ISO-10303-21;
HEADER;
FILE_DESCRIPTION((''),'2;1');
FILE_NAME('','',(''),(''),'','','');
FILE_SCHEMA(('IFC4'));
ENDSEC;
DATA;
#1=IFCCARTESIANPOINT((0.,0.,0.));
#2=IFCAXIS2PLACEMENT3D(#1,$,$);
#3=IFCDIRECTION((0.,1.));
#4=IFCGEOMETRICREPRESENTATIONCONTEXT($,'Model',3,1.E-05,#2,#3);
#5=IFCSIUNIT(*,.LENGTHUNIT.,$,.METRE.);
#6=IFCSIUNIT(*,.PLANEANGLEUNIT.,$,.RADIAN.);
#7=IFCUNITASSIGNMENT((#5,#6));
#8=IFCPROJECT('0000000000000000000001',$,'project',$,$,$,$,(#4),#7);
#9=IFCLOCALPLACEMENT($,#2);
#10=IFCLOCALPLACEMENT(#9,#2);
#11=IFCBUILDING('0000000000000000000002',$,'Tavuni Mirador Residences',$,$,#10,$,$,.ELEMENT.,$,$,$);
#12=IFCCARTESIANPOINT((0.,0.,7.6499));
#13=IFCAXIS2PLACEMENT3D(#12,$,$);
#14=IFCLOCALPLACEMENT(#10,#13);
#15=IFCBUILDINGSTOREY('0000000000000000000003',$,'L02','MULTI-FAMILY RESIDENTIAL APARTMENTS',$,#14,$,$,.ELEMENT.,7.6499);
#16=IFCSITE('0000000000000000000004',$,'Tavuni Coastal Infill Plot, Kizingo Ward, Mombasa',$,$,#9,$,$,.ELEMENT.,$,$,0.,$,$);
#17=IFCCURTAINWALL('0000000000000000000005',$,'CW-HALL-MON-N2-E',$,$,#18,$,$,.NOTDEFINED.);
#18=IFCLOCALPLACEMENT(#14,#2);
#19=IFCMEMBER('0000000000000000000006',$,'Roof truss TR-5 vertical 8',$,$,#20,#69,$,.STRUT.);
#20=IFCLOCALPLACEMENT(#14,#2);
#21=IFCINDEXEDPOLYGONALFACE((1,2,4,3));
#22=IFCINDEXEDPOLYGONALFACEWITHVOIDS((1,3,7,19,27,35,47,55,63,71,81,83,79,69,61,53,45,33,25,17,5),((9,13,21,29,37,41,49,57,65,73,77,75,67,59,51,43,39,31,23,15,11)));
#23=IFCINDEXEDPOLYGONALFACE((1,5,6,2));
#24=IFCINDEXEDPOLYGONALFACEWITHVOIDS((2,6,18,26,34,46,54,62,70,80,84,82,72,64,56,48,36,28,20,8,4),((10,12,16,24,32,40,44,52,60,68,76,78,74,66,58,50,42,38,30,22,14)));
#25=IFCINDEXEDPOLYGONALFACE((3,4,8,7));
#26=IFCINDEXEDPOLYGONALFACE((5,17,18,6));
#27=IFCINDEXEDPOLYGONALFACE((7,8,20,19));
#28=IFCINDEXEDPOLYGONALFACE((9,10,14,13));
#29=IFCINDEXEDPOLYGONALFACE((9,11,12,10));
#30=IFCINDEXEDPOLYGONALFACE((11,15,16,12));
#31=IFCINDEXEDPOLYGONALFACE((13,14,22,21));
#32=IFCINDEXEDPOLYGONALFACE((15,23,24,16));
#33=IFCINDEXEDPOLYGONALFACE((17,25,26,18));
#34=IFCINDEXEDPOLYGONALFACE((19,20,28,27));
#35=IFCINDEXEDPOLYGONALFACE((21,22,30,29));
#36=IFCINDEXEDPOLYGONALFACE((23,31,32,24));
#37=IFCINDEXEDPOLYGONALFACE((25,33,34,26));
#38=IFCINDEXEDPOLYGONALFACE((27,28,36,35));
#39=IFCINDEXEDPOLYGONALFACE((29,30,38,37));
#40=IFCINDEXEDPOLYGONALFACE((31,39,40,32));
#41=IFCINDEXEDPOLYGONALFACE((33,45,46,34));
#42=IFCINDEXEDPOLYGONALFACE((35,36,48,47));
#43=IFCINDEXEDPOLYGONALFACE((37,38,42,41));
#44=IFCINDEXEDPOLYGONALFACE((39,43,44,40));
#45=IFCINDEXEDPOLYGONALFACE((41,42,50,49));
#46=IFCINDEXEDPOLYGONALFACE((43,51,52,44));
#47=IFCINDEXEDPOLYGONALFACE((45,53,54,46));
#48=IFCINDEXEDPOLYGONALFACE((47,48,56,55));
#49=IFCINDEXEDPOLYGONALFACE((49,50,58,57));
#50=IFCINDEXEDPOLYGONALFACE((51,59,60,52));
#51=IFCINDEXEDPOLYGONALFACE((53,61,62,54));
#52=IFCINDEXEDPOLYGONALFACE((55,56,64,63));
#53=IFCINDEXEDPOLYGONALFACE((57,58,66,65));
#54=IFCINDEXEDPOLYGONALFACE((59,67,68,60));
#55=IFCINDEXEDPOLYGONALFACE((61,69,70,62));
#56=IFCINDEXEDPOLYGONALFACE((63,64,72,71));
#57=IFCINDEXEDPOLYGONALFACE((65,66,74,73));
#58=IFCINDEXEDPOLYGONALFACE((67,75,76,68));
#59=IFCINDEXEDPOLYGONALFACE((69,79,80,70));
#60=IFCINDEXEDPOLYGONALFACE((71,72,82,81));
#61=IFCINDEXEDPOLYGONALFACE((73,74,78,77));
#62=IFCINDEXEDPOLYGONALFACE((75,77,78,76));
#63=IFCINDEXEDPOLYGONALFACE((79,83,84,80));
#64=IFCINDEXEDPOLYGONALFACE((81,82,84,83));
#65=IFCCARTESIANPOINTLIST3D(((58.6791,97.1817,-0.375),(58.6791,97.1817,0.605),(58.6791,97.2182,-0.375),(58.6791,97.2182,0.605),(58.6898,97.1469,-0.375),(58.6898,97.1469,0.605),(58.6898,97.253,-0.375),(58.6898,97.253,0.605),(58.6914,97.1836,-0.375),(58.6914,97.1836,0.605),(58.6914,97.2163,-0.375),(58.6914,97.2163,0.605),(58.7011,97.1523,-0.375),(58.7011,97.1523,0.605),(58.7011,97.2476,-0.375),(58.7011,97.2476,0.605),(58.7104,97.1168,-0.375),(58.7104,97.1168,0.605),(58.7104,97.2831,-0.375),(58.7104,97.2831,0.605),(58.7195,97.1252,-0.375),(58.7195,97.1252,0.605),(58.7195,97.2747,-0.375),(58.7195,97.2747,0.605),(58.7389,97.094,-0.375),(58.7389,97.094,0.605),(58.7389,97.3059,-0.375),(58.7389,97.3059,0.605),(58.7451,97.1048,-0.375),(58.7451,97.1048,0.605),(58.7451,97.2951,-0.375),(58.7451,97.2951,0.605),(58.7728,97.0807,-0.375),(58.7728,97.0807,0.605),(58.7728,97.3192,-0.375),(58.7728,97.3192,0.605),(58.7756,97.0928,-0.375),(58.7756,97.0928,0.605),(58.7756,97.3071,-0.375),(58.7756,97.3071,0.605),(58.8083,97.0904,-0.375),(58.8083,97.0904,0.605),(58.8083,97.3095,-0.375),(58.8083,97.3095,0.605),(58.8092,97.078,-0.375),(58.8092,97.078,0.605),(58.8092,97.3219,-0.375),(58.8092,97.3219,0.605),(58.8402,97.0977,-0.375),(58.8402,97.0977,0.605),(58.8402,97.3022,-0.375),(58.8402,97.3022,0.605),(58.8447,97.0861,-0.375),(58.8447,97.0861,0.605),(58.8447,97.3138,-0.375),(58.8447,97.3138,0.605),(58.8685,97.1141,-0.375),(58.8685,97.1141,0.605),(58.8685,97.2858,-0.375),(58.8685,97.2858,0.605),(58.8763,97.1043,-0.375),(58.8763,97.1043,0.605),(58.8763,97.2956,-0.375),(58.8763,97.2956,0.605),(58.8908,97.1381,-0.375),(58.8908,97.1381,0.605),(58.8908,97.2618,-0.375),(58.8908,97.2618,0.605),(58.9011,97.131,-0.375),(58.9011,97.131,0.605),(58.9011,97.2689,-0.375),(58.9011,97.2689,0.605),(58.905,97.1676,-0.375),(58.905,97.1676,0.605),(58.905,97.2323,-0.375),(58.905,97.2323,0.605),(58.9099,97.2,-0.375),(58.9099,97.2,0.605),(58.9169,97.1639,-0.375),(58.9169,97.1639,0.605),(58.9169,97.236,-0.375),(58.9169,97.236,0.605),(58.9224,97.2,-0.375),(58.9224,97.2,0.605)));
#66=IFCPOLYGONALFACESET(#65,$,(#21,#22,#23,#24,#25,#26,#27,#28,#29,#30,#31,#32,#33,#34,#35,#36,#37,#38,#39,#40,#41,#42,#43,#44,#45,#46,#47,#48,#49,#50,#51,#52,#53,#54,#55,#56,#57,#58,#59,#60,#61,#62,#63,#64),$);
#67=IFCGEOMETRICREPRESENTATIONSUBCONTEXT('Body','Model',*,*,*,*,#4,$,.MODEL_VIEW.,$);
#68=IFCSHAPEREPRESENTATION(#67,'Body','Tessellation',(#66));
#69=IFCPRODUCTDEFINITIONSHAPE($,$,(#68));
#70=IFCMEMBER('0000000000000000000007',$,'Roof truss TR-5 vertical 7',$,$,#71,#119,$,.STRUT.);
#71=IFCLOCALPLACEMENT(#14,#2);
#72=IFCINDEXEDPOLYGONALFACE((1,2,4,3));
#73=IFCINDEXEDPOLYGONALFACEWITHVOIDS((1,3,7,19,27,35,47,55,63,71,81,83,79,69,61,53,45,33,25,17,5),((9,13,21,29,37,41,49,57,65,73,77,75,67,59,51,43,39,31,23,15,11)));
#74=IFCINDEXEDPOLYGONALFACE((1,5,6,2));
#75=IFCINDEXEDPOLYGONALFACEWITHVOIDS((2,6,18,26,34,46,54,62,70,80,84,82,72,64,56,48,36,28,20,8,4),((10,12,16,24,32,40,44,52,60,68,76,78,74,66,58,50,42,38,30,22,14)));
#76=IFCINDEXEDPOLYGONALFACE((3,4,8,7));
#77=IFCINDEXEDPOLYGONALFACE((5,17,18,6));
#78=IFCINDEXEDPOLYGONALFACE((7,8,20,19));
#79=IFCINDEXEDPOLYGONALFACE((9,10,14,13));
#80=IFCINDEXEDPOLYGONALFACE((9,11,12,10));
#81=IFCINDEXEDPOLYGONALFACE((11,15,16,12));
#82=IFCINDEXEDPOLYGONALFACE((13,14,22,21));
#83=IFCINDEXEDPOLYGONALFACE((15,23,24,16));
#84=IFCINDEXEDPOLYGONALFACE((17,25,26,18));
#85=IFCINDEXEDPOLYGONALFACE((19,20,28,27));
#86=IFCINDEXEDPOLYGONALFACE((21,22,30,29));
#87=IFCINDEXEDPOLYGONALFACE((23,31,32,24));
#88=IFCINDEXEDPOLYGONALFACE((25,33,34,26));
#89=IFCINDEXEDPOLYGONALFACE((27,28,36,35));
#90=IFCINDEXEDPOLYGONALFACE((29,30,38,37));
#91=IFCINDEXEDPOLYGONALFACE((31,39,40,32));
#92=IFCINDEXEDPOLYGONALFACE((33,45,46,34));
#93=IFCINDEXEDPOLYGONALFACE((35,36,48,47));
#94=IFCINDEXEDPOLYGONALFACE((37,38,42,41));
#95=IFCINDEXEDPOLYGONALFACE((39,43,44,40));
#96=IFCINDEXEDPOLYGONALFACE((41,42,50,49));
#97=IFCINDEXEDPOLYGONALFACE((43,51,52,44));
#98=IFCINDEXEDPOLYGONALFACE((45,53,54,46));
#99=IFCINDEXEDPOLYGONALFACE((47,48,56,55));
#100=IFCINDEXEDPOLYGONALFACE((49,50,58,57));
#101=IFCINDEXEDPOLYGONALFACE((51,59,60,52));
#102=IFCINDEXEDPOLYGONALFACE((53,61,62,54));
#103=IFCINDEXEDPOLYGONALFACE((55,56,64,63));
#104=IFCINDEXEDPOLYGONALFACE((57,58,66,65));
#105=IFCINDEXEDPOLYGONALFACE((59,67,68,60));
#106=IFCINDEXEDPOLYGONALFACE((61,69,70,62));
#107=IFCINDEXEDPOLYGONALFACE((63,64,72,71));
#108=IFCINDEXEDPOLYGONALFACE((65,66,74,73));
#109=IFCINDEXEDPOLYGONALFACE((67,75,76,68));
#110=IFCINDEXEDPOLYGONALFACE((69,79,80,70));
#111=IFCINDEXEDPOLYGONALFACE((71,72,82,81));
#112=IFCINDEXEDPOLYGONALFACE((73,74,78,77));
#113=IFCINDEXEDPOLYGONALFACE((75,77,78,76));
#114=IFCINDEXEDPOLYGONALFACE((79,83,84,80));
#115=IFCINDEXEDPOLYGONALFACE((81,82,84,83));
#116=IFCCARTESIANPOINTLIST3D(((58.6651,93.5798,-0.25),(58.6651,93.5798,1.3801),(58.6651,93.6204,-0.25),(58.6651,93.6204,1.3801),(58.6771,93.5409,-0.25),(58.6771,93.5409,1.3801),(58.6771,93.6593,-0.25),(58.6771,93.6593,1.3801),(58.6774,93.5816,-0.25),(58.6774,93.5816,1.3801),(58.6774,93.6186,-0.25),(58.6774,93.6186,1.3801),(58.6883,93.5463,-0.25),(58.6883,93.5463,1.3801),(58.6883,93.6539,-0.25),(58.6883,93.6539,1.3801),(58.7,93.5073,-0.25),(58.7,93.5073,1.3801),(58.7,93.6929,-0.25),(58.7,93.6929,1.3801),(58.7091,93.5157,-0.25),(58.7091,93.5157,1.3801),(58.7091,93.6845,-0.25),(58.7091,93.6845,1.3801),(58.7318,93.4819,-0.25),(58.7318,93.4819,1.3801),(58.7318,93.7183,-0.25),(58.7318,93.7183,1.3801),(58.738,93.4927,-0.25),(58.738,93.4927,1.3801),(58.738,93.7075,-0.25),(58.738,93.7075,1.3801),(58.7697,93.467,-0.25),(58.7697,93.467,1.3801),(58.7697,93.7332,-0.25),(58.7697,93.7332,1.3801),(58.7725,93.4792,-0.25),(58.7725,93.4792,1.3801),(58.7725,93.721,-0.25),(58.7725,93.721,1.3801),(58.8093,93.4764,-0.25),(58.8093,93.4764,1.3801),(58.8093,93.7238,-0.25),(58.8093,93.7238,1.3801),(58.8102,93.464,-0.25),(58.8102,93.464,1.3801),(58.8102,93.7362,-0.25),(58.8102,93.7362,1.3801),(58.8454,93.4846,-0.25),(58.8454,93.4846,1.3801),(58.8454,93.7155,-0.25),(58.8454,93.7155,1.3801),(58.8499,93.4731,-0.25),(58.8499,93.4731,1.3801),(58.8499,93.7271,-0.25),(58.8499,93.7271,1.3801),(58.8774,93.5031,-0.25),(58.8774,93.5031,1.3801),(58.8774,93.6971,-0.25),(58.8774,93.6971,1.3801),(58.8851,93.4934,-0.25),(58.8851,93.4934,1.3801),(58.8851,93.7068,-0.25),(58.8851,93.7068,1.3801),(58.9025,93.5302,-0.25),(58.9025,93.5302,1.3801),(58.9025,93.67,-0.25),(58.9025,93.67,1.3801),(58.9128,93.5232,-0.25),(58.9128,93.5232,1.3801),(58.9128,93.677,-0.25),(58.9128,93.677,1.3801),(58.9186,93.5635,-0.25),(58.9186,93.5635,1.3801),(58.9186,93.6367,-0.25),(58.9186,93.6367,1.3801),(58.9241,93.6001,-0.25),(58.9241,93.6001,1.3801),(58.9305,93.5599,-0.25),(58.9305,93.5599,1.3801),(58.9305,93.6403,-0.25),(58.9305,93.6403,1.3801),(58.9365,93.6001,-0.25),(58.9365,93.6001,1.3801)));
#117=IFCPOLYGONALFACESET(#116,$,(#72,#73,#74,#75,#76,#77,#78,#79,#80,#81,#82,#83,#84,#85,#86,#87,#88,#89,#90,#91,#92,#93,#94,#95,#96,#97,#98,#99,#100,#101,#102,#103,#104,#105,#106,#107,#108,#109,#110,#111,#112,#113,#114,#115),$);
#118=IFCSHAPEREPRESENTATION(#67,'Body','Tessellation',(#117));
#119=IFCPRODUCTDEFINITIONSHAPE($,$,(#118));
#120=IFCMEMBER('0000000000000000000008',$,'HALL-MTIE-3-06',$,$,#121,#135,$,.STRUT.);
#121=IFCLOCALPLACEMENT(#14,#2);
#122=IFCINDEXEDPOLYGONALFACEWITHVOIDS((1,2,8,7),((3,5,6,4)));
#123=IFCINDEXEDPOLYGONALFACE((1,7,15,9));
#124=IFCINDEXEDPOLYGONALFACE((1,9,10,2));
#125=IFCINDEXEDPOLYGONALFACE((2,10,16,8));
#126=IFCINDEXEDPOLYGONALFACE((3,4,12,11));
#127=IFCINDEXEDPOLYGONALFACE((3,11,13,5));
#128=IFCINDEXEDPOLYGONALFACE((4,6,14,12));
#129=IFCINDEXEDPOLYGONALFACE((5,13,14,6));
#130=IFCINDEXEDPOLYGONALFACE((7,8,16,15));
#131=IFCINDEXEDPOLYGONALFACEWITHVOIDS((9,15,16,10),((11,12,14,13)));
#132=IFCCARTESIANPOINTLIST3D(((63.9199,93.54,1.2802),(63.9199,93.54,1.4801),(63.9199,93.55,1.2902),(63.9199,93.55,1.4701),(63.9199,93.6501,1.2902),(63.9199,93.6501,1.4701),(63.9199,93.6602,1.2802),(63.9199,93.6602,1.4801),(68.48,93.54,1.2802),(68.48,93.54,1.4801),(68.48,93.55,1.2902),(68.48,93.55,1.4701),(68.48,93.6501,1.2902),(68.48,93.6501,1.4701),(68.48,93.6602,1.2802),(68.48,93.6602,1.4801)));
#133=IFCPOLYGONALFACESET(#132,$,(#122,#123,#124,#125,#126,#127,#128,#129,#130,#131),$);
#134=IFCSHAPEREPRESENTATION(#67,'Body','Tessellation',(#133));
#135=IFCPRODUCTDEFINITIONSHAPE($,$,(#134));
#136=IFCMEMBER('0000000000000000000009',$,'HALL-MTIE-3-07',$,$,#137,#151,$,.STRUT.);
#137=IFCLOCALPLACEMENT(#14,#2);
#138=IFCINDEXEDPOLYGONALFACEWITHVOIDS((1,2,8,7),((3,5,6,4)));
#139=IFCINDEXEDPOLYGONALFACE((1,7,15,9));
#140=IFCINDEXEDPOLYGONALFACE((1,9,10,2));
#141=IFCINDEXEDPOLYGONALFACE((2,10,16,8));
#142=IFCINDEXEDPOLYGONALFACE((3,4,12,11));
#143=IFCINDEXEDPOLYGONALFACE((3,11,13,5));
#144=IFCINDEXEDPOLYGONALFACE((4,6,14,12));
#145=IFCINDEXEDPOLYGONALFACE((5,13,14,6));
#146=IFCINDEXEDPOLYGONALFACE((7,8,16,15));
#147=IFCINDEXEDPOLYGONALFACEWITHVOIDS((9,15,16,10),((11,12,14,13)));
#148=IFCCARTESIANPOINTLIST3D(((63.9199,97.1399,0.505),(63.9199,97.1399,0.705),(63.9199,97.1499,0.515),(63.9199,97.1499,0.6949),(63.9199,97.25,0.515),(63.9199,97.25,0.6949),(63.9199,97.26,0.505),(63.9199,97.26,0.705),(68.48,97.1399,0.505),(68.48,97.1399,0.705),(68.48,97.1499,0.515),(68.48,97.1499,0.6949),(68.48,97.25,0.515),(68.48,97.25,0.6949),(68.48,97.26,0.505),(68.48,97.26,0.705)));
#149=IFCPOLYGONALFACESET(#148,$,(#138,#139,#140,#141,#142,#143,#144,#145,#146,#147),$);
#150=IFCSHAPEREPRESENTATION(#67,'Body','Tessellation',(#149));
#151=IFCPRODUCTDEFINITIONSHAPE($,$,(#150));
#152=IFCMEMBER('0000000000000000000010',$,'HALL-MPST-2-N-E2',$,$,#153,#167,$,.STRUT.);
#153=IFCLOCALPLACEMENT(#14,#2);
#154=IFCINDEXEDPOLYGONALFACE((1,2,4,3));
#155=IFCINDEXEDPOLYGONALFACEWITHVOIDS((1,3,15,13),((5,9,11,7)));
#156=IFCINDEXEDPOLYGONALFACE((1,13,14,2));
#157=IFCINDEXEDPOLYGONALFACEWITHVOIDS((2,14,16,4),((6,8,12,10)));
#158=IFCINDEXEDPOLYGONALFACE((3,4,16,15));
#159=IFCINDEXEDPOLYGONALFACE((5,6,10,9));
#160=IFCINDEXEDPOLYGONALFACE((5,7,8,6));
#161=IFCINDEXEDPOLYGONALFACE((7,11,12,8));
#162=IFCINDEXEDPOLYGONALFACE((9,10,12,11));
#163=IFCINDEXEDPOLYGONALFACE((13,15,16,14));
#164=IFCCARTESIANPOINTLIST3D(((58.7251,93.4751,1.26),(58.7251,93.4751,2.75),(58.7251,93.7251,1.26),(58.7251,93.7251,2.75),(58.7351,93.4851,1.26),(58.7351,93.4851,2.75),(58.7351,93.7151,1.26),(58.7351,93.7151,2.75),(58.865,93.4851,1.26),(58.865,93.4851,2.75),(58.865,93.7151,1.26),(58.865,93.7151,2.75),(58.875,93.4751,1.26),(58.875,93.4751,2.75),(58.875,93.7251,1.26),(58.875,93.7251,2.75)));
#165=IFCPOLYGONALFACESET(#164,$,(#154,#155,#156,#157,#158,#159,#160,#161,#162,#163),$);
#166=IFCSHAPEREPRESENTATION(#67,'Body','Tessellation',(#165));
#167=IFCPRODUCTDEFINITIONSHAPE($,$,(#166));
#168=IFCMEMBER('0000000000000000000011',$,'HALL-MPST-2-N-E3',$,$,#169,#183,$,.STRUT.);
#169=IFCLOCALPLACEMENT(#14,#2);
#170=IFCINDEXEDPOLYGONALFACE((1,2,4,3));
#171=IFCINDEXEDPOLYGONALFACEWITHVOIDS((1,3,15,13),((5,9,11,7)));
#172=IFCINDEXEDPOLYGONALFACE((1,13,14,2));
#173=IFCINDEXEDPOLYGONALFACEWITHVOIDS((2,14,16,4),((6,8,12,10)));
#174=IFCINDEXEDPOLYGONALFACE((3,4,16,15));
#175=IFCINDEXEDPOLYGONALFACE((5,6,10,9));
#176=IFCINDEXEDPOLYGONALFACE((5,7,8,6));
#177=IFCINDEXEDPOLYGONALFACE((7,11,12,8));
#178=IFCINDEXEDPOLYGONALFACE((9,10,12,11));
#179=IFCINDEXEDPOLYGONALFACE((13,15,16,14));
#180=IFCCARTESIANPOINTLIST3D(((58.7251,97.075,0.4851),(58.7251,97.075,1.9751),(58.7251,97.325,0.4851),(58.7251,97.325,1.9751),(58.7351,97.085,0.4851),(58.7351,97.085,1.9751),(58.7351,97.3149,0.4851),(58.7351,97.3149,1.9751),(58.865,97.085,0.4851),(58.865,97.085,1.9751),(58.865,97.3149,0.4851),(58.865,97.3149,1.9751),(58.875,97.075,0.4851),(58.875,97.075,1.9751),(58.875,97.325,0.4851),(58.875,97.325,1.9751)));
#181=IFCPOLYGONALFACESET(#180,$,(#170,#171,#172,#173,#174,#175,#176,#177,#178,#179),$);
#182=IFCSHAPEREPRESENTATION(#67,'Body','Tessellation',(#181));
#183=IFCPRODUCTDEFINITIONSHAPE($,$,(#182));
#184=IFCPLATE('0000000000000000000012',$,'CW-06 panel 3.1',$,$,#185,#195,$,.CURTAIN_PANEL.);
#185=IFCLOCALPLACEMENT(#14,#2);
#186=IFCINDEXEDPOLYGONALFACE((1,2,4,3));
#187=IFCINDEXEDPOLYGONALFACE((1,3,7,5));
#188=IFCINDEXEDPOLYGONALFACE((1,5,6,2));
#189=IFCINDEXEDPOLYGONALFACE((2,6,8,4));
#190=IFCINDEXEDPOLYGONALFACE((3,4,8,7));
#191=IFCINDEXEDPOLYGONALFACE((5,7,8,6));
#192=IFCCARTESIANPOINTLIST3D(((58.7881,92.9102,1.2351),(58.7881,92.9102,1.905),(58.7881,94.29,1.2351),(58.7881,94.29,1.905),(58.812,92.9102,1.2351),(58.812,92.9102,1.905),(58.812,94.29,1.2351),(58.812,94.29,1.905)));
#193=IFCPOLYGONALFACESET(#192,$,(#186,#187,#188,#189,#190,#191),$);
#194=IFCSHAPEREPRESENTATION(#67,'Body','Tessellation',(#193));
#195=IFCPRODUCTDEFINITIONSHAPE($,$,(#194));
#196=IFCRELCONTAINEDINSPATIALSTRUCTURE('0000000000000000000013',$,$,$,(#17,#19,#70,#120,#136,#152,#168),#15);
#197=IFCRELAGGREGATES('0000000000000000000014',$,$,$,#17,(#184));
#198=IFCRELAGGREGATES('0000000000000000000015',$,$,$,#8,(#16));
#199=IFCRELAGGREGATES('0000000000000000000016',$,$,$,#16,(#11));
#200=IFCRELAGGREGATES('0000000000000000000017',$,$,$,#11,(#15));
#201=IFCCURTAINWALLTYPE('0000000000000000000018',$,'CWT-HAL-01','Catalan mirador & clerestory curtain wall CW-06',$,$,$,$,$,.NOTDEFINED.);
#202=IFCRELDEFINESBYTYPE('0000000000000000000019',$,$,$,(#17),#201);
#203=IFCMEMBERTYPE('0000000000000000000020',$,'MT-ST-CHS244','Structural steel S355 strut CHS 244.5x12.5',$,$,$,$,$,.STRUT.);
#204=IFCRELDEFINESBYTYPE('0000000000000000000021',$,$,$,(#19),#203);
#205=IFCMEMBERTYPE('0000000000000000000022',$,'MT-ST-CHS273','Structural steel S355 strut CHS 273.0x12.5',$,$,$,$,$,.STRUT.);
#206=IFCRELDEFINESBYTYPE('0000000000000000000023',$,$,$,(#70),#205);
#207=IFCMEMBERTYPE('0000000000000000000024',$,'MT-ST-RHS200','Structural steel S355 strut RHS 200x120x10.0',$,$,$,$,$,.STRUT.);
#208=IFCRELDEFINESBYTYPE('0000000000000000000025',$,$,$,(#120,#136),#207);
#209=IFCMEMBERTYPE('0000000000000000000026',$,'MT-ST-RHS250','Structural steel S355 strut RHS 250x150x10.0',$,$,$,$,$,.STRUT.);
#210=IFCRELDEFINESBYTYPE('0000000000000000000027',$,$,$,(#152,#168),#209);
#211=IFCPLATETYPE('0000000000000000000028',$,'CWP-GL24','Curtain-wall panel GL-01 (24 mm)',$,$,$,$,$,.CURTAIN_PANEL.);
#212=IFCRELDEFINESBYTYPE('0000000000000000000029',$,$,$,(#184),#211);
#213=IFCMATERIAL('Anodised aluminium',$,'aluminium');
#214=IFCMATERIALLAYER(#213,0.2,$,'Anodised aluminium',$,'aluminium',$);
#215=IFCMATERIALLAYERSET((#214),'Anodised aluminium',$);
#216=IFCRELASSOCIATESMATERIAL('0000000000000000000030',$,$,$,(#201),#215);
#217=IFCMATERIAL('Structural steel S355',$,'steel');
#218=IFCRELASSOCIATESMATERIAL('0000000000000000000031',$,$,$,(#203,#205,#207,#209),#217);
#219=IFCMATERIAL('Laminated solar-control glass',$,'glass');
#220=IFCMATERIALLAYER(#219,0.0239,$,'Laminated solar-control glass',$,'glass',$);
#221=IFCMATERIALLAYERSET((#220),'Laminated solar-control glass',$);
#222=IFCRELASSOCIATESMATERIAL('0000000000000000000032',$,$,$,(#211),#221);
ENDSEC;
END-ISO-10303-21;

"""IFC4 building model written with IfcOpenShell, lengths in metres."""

from ifc_helpers import new_model, si_unit, direction, frame, origin, origin_2d, place, context, subcontext, project, spatial, rectangle, hollow_rectangle, hollow_circle, extrude, material, layer, layer_set, material_profile, profile_set, type_object, element, aggregate, save


model = new_model("IFC4")

# Units and contexts
model_context = context("Model", 3, precision=1e-05, world=origin(), true_north=direction((0.0, 1.0)))
body_context = subcontext(model_context, "Body", "Model", "MODEL_VIEW")
ifc_project = project(units=[si_unit("LENGTHUNIT", "METRE"), si_unit("PLANEANGLEUNIT", "RADIAN")], contexts=[model_context])

# Site, building, storey
site_placement = place(None, origin())
site = spatial("IfcSite", under=ifc_project, at=site_placement, Name="Tavuni Coastal Infill Plot, Kizingo Ward, Mombasa", CompositionType="ELEMENT", RefElevation=0.0)
building_placement = place(site_placement, origin())
building = spatial("IfcBuilding", under=site, at=building_placement, Name="Tavuni Mirador Residences", CompositionType="ELEMENT")
storey_placement = place(building_placement, frame((0.0, 0.0, 7.6499)))
storey = spatial("IfcBuildingStorey", under=building, at=storey_placement, Name="L02", Description="MULTI-FAMILY RESIDENTIAL APARTMENTS", CompositionType="ELEMENT", Elevation=7.6499)

# Shared definitions
ifc_material_1 = material(Name="Structural steel S355", Category="steel")

# Curtain wall
ifc_material_2 = material(Name="Anodised aluminium", Category="aluminium")
ifc_layer_1 = layer(ifc_material_2, 0.2, Name="Anodised aluminium", Category="aluminium")
ifc_layer_set_1 = layer_set([ifc_layer_1], Name="Anodised aluminium")
curtain_wall_type = type_object("IfcCurtainWallType", Name="CWT-HAL-01", Description="Catalan mirador & clerestory curtain wall CW-06", PredefinedType="NOTDEFINED", material=ifc_layer_set_1)
curtain_wall_1_placement = place(storey_placement, origin())
curtain_wall_1 = element("IfcCurtainWall", 1, at=curtain_wall_1_placement, inside=storey, type_object=curtain_wall_type, Name="CW-HALL-MON-N2-E", PredefinedType="NOTDEFINED")

# Members
ifc_material_profile_1 = material_profile(ifc_material_1, hollow_circle(Radius=0.1223, WallThickness=0.0125, at=origin_2d()), Name="CHS 244.5x12.5", Category="steel")
ifc_profile_set_1 = profile_set([ifc_material_profile_1], Name="Structural steel S355")
member_type_1 = type_object("IfcMemberType", Name="MT-ST-CHS244", Description="Structural steel S355 strut CHS 244.5x12.5", PredefinedType="STRUT", material=ifc_profile_set_1)
member_1_placement = place(storey_placement, frame((58.8, 97.2, -0.375), z_axis=(0.0, 0.0, 1.0), x_axis=(1.0, 0.0, 0.0)))
element("IfcMember", 2, at=member_1_placement, inside=storey, type_object=member_type_1, Name="Roof truss TR-5 vertical 8", PredefinedType="STRUT", context=body_context, shape_type="SweptSolid", body=[
    extrude(hollow_circle(Radius=0.1223, WallThickness=0.0125, at=origin_2d()), origin(), (0.0, 0.0, 1.0), 0.98),
])
ifc_material_profile_2 = material_profile(ifc_material_1, hollow_circle(Radius=0.1365, WallThickness=0.0125, at=origin_2d()), Name="CHS 273.0x12.5", Category="steel")
ifc_profile_set_2 = profile_set([ifc_material_profile_2], Name="Structural steel S355")
member_type_2 = type_object("IfcMemberType", Name="MT-ST-CHS273", Description="Structural steel S355 strut CHS 273.0x12.5", PredefinedType="STRUT", material=ifc_profile_set_2)
member_2_placement = place(storey_placement, frame((58.8, 93.6001, -0.25), z_axis=(0.0, 0.0, 1.0), x_axis=(1.0, 0.0, 0.0)))
element("IfcMember", 3, at=member_2_placement, inside=storey, type_object=member_type_2, Name="Roof truss TR-5 vertical 7", PredefinedType="STRUT", context=body_context, shape_type="SweptSolid", body=[
    extrude(hollow_circle(Radius=0.1365, WallThickness=0.0125, at=origin_2d()), origin(), (0.0, 0.0, 1.0), 1.6301),
])
ifc_material_profile_3 = material_profile(ifc_material_1, hollow_rectangle(XDim=0.1201, YDim=0.2, WallThickness=0.01, at=origin_2d()), Name="RHS 200x120x10.0", Category="steel")
ifc_profile_set_3 = profile_set([ifc_material_profile_3], Name="Structural steel S355")
member_type_3 = type_object("IfcMemberType", Name="MT-ST-RHS200", Description="Structural steel S355 strut RHS 200x120x10.0", PredefinedType="STRUT", material=ifc_profile_set_3)
for number, where, z_axis, x_axis, name in (
    (4, (63.9199, 93.6001, 1.3801), (1.0, 0.0, 0.0), (0.0, 1.0, 0.0), "HALL-MTIE-3-06"),
    (5, (63.9199, 97.2, 0.605), (1.0, 0.0, 0.0), (0.0, 1.0, 0.0), "HALL-MTIE-3-07"),
):
    element("IfcMember", number, at=place(storey_placement, frame(where, z_axis=z_axis, x_axis=x_axis)), inside=storey, type_object=member_type_3, Name=name, PredefinedType="STRUT", context=body_context, shape_type="SweptSolid", body=[
        extrude(hollow_rectangle(XDim=0.1201, YDim=0.2, WallThickness=0.01, at=origin_2d()), origin(), (0.0, 0.0, 1.0), 4.5601),
    ])
ifc_material_profile_4 = material_profile(ifc_material_1, hollow_rectangle(XDim=0.1499, YDim=0.25, WallThickness=0.01, at=origin_2d()), Name="RHS 250x150x10.0", Category="steel")
ifc_profile_set_4 = profile_set([ifc_material_profile_4], Name="Structural steel S355")
member_type_4 = type_object("IfcMemberType", Name="MT-ST-RHS250", Description="Structural steel S355 strut RHS 250x150x10.0", PredefinedType="STRUT", material=ifc_profile_set_4)
for number, where, z_axis, x_axis, name in (
    (6, (58.8, 93.6001, 1.26), (0.0, 0.0, 1.0), (1.0, 0.0, 0.0), "HALL-MPST-2-N-E2"),
    (7, (58.8, 97.2, 0.4851), (0.0, 0.0, 1.0), (1.0, 0.0, 0.0), "HALL-MPST-2-N-E3"),
):
    element("IfcMember", number, at=place(storey_placement, frame(where, z_axis=z_axis, x_axis=x_axis)), inside=storey, type_object=member_type_4, Name=name, PredefinedType="STRUT", context=body_context, shape_type="SweptSolid", body=[
        extrude(hollow_rectangle(XDim=0.1499, YDim=0.25, WallThickness=0.01, at=origin_2d()), origin(), (0.0, 0.0, 1.0), 1.49),
    ])

# Plate
ifc_material_3 = material(Name="Laminated solar-control glass", Category="glass")
ifc_layer_2 = layer(ifc_material_3, 0.0239, Name="Laminated solar-control glass", Category="glass")
ifc_layer_set_2 = layer_set([ifc_layer_2], Name="Laminated solar-control glass")
plate_type_1 = type_object("IfcPlateType", Name="CWP-GL24", Description="Curtain-wall panel GL-01 (24 mm)", PredefinedType="CURTAIN_PANEL", material=ifc_layer_set_2)
plate_1_placement = place(storey_placement, frame((58.8, 93.6001, 1.2351), z_axis=(0.0, 0.0, 1.0), x_axis=(0.0, 1.0, 0.0)))
plate_1 = element("IfcPlate", 8, at=plate_1_placement, type_object=plate_type_1, Name="CW-06 panel 3.1", PredefinedType="CURTAIN_PANEL", context=body_context, shape_type="SweptSolid", body=[
    extrude(rectangle(XDim=1.3799, YDim=0.0239, at=origin_2d()), origin(), (0.0, 0.0, 1.0), 0.6699),
])
aggregate(curtain_wall_1, [plate_1])

save(model, "model.ifc")
